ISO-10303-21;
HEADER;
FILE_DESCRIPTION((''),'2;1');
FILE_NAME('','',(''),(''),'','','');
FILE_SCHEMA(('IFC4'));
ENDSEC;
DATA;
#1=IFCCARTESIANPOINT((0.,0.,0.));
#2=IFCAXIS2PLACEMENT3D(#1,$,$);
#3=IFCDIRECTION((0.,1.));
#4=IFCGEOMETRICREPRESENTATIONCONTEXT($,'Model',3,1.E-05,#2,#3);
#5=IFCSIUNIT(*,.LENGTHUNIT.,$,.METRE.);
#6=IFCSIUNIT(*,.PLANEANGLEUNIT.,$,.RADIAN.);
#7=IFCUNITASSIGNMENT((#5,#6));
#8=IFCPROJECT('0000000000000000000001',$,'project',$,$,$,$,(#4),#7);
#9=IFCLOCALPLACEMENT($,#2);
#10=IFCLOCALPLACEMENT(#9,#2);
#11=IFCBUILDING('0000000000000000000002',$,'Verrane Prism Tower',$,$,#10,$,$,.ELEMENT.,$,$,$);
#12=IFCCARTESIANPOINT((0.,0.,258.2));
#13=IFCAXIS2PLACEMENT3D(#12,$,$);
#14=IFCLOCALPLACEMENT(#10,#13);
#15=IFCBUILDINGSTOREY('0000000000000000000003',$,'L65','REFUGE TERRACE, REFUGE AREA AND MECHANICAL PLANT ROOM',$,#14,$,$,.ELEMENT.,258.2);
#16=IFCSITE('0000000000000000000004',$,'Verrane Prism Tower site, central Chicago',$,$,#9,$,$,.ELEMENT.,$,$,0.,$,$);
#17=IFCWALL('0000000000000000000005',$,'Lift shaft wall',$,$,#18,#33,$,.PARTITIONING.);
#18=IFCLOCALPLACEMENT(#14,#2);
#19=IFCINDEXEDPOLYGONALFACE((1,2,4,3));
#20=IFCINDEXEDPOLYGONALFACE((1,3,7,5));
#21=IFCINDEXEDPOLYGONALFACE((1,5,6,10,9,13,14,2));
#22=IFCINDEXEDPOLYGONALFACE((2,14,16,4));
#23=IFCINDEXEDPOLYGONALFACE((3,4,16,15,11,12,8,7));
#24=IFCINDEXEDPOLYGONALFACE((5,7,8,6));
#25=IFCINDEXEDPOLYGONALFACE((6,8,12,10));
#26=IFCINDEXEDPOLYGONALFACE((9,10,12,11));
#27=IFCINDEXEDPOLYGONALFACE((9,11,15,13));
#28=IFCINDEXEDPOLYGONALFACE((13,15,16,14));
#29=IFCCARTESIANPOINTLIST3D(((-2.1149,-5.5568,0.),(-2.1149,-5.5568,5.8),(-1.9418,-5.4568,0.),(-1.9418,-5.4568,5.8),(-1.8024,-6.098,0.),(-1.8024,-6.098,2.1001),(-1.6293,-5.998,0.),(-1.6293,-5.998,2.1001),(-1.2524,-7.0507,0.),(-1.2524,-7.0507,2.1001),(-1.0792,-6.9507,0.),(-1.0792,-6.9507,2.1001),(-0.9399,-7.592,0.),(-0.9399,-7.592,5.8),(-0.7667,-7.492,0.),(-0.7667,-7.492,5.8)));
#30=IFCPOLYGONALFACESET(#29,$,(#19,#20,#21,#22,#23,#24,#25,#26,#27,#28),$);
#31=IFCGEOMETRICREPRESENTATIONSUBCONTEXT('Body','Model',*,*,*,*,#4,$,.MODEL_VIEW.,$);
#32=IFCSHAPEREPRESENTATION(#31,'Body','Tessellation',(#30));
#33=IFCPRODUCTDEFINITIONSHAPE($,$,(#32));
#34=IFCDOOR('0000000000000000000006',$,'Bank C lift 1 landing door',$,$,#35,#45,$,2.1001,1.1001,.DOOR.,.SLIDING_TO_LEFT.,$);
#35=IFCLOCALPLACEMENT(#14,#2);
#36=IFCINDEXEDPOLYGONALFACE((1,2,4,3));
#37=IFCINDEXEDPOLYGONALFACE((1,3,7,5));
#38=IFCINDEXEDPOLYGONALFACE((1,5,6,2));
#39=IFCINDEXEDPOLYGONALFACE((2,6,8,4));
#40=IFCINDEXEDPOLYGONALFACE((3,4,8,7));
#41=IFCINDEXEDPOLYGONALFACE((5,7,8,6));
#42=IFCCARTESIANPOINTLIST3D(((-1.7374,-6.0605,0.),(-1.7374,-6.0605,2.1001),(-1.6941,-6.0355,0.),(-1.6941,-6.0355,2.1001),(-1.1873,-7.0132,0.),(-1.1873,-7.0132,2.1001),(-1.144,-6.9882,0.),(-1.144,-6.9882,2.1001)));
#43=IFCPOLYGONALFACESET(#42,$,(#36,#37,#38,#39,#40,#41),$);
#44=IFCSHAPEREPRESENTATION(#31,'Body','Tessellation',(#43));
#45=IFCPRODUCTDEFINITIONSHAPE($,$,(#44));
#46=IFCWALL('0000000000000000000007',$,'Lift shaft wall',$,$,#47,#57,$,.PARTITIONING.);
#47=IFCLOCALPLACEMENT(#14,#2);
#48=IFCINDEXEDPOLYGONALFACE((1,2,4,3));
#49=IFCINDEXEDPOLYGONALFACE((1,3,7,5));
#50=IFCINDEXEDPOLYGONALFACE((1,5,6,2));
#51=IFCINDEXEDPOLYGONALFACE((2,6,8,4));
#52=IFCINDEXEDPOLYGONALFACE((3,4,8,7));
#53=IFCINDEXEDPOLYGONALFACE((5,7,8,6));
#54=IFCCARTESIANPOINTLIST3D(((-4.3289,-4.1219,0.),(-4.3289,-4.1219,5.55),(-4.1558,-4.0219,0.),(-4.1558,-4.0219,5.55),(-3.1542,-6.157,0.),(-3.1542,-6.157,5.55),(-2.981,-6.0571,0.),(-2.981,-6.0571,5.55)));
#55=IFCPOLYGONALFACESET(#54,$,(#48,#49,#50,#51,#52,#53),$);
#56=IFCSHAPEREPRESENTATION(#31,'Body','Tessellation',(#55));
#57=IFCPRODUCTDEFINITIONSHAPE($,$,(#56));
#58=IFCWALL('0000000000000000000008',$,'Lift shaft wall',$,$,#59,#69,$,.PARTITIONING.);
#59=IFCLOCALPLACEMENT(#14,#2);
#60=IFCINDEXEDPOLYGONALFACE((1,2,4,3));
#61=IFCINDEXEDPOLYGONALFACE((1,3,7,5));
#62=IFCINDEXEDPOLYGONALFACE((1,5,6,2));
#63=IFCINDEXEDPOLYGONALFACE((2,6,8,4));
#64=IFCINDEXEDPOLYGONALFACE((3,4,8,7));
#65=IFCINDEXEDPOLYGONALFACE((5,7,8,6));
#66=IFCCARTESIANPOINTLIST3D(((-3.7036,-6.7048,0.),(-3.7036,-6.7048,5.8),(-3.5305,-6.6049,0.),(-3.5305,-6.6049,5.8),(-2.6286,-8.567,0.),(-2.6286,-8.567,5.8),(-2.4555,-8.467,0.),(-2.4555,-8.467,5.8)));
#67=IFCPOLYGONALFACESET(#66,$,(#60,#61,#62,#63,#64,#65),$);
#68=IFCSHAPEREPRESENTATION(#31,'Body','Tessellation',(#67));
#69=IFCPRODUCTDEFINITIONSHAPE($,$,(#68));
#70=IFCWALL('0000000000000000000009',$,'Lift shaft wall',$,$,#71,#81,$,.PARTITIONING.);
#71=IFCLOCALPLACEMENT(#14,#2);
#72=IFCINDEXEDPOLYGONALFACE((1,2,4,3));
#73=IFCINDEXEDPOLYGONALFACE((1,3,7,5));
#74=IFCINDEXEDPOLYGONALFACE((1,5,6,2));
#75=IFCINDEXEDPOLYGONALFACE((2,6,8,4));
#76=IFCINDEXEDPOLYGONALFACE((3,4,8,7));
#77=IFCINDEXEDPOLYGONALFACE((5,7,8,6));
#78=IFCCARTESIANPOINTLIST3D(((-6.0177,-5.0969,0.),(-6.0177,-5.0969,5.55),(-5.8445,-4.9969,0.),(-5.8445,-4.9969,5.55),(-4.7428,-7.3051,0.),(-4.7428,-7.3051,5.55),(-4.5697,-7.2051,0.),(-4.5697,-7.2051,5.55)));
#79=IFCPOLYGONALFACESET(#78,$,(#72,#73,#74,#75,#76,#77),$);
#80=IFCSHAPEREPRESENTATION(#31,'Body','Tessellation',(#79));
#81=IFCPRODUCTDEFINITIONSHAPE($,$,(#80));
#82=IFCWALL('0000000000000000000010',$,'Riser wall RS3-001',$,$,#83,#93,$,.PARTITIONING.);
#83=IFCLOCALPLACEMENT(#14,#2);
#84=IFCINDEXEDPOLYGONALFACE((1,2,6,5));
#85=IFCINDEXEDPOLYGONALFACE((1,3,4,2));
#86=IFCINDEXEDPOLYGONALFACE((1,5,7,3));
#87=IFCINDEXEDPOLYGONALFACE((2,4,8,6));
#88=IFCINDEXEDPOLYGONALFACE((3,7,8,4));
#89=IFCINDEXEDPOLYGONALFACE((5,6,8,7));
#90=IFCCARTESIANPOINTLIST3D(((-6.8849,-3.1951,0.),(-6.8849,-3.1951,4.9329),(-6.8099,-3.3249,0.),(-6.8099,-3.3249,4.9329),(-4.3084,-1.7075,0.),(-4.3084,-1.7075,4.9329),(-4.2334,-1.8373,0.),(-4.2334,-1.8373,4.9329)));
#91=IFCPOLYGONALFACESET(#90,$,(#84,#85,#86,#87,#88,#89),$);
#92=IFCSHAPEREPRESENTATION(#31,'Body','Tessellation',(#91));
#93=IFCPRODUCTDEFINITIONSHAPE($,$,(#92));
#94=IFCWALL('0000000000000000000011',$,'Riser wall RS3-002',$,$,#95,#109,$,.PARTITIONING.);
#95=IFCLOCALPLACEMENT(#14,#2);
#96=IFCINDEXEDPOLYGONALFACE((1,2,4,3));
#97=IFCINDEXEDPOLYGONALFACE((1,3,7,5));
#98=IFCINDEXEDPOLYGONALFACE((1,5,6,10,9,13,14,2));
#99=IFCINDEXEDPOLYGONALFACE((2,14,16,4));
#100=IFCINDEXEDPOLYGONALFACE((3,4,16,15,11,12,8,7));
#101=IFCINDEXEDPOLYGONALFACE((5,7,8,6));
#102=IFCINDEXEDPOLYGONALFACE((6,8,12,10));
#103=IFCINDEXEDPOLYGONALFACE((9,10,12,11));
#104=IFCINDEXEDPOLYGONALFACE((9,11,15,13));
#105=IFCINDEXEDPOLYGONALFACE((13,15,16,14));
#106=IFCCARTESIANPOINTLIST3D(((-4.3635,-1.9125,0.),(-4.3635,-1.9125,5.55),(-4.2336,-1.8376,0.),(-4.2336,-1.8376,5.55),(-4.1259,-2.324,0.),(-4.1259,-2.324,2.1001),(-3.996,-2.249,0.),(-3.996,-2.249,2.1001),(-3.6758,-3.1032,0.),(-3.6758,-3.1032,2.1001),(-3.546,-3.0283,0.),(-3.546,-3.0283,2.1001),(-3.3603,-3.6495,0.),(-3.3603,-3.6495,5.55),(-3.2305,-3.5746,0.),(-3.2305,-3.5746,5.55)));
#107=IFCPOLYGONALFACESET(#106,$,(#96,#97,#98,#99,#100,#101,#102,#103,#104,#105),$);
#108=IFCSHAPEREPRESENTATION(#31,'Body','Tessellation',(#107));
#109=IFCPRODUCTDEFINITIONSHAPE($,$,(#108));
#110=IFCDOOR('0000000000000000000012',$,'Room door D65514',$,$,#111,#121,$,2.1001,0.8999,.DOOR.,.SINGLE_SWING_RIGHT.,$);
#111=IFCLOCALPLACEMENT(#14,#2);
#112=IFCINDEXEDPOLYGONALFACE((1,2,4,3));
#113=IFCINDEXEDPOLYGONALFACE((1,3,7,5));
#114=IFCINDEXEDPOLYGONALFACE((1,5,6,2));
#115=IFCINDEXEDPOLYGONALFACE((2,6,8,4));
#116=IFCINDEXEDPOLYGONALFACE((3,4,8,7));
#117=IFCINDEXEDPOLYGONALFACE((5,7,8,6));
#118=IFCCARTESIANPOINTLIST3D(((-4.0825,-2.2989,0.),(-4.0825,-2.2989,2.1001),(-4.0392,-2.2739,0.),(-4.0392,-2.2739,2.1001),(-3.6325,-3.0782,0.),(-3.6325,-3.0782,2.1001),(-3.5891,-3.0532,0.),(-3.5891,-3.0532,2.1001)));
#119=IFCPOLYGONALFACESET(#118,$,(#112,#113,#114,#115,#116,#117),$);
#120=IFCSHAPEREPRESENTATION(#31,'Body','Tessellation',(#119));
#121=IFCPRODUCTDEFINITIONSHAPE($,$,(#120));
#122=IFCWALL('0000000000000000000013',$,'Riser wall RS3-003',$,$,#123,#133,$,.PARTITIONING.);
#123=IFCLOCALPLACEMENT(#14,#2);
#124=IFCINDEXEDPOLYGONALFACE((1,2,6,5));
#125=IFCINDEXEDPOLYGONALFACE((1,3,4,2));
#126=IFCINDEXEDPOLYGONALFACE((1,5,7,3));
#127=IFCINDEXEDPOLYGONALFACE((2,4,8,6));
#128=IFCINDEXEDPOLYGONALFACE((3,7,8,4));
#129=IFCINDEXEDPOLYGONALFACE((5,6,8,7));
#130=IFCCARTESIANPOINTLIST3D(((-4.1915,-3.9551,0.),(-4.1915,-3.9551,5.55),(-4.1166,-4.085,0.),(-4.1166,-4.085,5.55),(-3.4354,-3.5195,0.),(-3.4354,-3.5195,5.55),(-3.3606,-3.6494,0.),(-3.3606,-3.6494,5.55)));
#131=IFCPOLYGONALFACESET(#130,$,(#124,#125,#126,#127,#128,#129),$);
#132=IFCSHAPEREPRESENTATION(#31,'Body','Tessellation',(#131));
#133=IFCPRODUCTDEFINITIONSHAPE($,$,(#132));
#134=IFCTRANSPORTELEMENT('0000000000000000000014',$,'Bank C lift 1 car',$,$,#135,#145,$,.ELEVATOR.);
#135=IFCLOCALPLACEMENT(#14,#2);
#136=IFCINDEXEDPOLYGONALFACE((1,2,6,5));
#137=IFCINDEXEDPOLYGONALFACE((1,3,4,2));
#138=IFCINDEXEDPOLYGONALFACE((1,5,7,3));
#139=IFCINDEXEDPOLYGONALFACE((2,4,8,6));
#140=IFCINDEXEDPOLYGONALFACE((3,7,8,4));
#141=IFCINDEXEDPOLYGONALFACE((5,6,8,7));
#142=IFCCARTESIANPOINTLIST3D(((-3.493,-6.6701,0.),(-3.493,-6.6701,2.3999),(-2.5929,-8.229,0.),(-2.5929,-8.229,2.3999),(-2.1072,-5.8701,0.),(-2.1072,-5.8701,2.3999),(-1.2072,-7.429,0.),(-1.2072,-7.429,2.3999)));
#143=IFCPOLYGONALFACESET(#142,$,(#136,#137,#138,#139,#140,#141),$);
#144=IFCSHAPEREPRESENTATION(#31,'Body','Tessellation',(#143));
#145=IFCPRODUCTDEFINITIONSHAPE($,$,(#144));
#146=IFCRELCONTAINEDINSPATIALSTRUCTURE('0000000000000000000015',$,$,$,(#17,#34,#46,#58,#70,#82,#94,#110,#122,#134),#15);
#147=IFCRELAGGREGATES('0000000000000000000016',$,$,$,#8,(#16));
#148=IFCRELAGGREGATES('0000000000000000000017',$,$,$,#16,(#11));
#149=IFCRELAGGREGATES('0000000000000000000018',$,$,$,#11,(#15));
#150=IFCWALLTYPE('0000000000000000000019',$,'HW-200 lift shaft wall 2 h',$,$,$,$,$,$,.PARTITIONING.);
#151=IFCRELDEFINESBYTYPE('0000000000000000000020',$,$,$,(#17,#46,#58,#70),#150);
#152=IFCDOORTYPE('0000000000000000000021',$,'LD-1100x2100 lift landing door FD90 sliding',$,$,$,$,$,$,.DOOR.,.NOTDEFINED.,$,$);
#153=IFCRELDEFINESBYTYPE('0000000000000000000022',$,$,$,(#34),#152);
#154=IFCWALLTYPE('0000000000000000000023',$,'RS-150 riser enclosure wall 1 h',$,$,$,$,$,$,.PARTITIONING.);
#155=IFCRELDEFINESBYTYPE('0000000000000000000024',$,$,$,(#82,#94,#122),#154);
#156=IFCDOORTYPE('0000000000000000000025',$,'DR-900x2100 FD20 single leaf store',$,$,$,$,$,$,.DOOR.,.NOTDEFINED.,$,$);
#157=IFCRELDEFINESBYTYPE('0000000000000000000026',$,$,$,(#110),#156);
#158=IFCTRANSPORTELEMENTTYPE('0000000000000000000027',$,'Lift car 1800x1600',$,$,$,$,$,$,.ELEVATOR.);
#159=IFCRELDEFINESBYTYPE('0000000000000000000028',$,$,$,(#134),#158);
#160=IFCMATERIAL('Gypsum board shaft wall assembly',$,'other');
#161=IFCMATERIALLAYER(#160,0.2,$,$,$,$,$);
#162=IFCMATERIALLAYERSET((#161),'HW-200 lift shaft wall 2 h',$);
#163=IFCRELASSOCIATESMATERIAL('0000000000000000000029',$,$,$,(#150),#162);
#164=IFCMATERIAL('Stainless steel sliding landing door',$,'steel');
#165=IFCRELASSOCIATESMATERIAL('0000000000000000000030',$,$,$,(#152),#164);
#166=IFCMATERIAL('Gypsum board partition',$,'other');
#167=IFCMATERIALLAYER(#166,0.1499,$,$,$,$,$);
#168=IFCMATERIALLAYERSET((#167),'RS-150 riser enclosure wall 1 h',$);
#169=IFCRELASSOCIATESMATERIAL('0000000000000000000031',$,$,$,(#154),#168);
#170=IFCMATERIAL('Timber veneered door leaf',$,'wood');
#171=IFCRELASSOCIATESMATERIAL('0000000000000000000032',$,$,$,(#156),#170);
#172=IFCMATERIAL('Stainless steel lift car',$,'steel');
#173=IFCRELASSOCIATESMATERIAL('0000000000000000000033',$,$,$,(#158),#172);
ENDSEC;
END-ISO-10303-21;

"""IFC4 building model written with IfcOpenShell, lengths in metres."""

from ifc_helpers import new_model, si_unit, direction, frame, frame_2d, origin, origin_2d, place, context, subcontext, project, spatial, rectangle, extrude, material, layer, layer_set, type_object, element, fill, save


model = new_model("IFC4")

# Units and contexts
model_context = context("Model", 3, precision=1e-05, world=origin(), true_north=direction((0.0, 1.0)))
body_context = subcontext(model_context, "Body", "Model", "MODEL_VIEW")
ifc_project = project(units=[si_unit("LENGTHUNIT", "METRE"), si_unit("PLANEANGLEUNIT", "RADIAN")], contexts=[model_context])

# Site, building, storey
site_placement = place(None, origin())
site = spatial("IfcSite", under=ifc_project, at=site_placement, Name="Verrane Prism Tower site, central Chicago", CompositionType="ELEMENT", RefElevation=0.0)
building_placement = place(site_placement, origin())
building = spatial("IfcBuilding", under=site, at=building_placement, Name="Verrane Prism Tower", CompositionType="ELEMENT")
storey_placement = place(building_placement, frame((0.0, 0.0, 258.2)))
storey = spatial("IfcBuildingStorey", under=building, at=storey_placement, Name="L65", Description="REFUGE TERRACE, REFUGE AREA AND MECHANICAL PLANT ROOM", CompositionType="ELEMENT", Elevation=258.2)

# Shared definitions
ifc_material_1 = material(Name="Gypsum board shaft wall assembly", Category="other")
ifc_layer_1 = layer(ifc_material_1, 0.2)
ifc_layer_set_1 = layer_set([ifc_layer_1], Name="HW-200 lift shaft wall 2 h")
wall_type_1 = type_object("IfcWallType", Name="HW-200 lift shaft wall 2 h", PredefinedType="PARTITIONING", material=ifc_layer_set_1)

# Wall, opening, door
wall_1_placement = place(storey_placement, frame((-0.8533, -7.542, 0.0), z_axis=(0.0, 0.0, 1.0), x_axis=(-0.500016, 0.866016, 0.0)))
wall_1 = element("IfcWall", 1, at=wall_1_placement, inside=storey, type_object=wall_type_1, Name="Lift shaft wall", PredefinedType="PARTITIONING", context=body_context, shape_type="SweptSolid", body=[
    extrude(rectangle(XDim=2.3501, YDim=0.2, at=frame_2d((1.175, 0.0))), origin(), (0.0, 0.0, 1.0), 5.8),
])
opening_1_placement = place(wall_1_placement, frame((0.625, 0.0, 0.0)))
opening_1 = element("IfcOpeningElement", 2, at=opening_1_placement, cuts=wall_1, PredefinedType="OPENING", context=body_context, shape_type="SweptSolid", body=[
    extrude(rectangle(XDim=1.1001, YDim=2.1001, at=frame_2d((0.55, 1.05))), frame((0.0, 0.1099, 0.0), z_axis=(0.0, -1.0, 0.0), x_axis=(1.0, 0.0, 0.0)), (0.0, 0.0, 1.0), 0.22),
])
ifc_material_2 = material(Name="Stainless steel sliding landing door", Category="steel")
door_type_1 = type_object("IfcDoorType", Name="LD-1100x2100 lift landing door FD90 sliding", OperationType="NOTDEFINED", PredefinedType="DOOR", material=ifc_material_2)
door_1_placement = place(opening_1_placement, origin())
door_1 = element("IfcDoor", 3, at=door_1_placement, inside=storey, type_object=door_type_1, Name="Bank C lift 1 landing door", OperationType="SLIDING_TO_LEFT", OverallHeight=2.1001, OverallWidth=1.1001, PredefinedType="DOOR", context=body_context, shape_type="SweptSolid", body=[
    extrude(rectangle(XDim=1.1001, YDim=2.1001, at=frame_2d((0.55, 1.05))), frame((0.0, 0.0249, 0.0), z_axis=(0.0, -1.0, 0.0), x_axis=(1.0, 0.0, 0.0)), (0.0, 0.0, 1.0), 0.05),
])
fill(opening_1, door_1)

# Walls
wall_2_placement = place(storey_placement, frame((-3.0676, -6.1069, 0.0), z_axis=(0.0, 0.0, 1.0), x_axis=(-0.499938, 0.866061, 0.0)))
element("IfcWall", 4, at=wall_2_placement, inside=storey, type_object=wall_type_1, Name="Lift shaft wall", PredefinedType="PARTITIONING", context=body_context, shape_type="SweptSolid", body=[
    extrude(rectangle(XDim=2.3499, YDim=0.2, at=frame_2d((1.1748, 0.0))), origin(), (0.0, 0.0, 1.0), 5.55),
])
wall_3_placement = place(storey_placement, frame((-2.542, -8.5171, 0.0), z_axis=(0.0, 0.0, 1.0), x_axis=(-0.499962, 0.866048, 0.0)))
element("IfcWall", 5, at=wall_3_placement, inside=storey, type_object=wall_type_1, Name="Lift shaft wall", PredefinedType="PARTITIONING", context=body_context, shape_type="SweptSolid", body=[
    extrude(rectangle(XDim=2.1501, YDim=0.2, at=frame_2d((1.0752, 0.0))), origin(), (0.0, 0.0, 1.0), 5.8),
])
wall_4_placement = place(storey_placement, frame((-4.6562, -7.2551, 0.0), z_axis=(0.0, 0.0, 1.0), x_axis=(-0.49999, 0.866031, 0.0)))
element("IfcWall", 6, at=wall_4_placement, inside=storey, type_object=wall_type_1, Name="Lift shaft wall", PredefinedType="PARTITIONING", context=body_context, shape_type="SweptSolid", body=[
    extrude(rectangle(XDim=2.5498, YDim=0.2, at=frame_2d((1.2749, 0.0))), origin(), (0.0, 0.0, 1.0), 5.55),
])
ifc_material_3 = material(Name="Gypsum board partition", Category="other")
ifc_layer_2 = layer(ifc_material_3, 0.1499)
ifc_layer_set_2 = layer_set([ifc_layer_2], Name="RS-150 riser enclosure wall 1 h")
wall_type_2 = type_object("IfcWallType", Name="RS-150 riser enclosure wall 1 h", PredefinedType="PARTITIONING", material=ifc_layer_set_2)
wall_5_placement = place(storey_placement, frame((-6.8474, -3.26, 0.0), z_axis=(0.0, 0.0, 1.0), x_axis=(0.866017, 0.500014, 0.0)))
element("IfcWall", 7, at=wall_5_placement, inside=storey, type_object=wall_type_2, Name="Riser wall RS3-001", PredefinedType="PARTITIONING", context=body_context, shape_type="SweptSolid", body=[
    extrude(rectangle(XDim=2.9751, YDim=0.1499, at=frame_2d((1.4875, 0.0))), origin(), (0.0, 0.0, 1.0), 4.9329),
])

# Wall, opening, door
wall_6_placement = place(storey_placement, frame((-3.2954, -3.6121, 0.0), z_axis=(0.0, 0.0, 1.0), x_axis=(-0.500105, 0.865965, 0.0)))
wall_6 = element("IfcWall", 8, at=wall_6_placement, inside=storey, type_object=wall_type_2, Name="Riser wall RS3-002", PredefinedType="PARTITIONING", context=body_context, shape_type="SweptSolid", body=[
    extrude(rectangle(XDim=2.0059, YDim=0.1499, at=frame_2d((1.0029, 0.0))), origin(), (0.0, 0.0, 1.0), 5.55),
])
opening_2_placement = place(wall_6_placement, frame((0.6309, 0.0, 0.0)))
opening_2 = element("IfcOpeningElement", 9, at=opening_2_placement, cuts=wall_6, PredefinedType="OPENING", context=body_context, shape_type="SweptSolid", body=[
    extrude(rectangle(XDim=0.8999, YDim=2.1001, at=frame_2d((0.45, 1.05))), frame((0.0, 0.085, 0.0), z_axis=(0.0, -1.0, 0.0), x_axis=(1.0, 0.0, 0.0)), (0.0, 0.0, 1.0), 0.1699),
])
ifc_material_4 = material(Name="Timber veneered door leaf", Category="wood")
door_type_2 = type_object("IfcDoorType", Name="DR-900x2100 FD20 single leaf store", OperationType="NOTDEFINED", PredefinedType="DOOR", material=ifc_material_4)
door_2_placement = place(opening_2_placement, origin())
door_2 = element("IfcDoor", 10, at=door_2_placement, inside=storey, type_object=door_type_2, Name="Room door D65514", OperationType="SINGLE_SWING_RIGHT", OverallHeight=2.1001, OverallWidth=0.8999, PredefinedType="DOOR", context=body_context, shape_type="SweptSolid", body=[
    extrude(rectangle(XDim=0.8999, YDim=2.1001, at=frame_2d((0.45, 1.05))), frame((0.0, 0.0249, 0.0), z_axis=(0.0, -1.0, 0.0), x_axis=(1.0, 0.0, 0.0)), (0.0, 0.0, 1.0), 0.05),
])
fill(opening_2, door_2)

# Wall
wall_7_placement = place(storey_placement, frame((-4.1541, -4.02, 0.0), z_axis=(0.0, 0.0, 1.0), x_axis=(0.866516, 0.499149, 0.0)))
element("IfcWall", 11, at=wall_7_placement, inside=storey, type_object=wall_type_2, Name="Riser wall RS3-003", PredefinedType="PARTITIONING", context=body_context, shape_type="SweptSolid", body=[
    extrude(rectangle(XDim=0.8726, YDim=0.1499, at=frame_2d((0.4363, 0.0))), origin(), (0.0, 0.0, 1.0), 5.55),
])

# Transport element
ifc_material_5 = material(Name="Stainless steel lift car", Category="steel")
transport_element_type = type_object("IfcTransportElementType", Name="Lift car 1800x1600", PredefinedType="ELEVATOR", material=ifc_material_5)
transport_element_placement = place(storey_placement, frame((-2.3501, -7.0496, 0.0), z_axis=(0.0, 0.0, 1.0), x_axis=(0.5, -0.866025, 0.0)))
element("IfcTransportElement", 12, at=transport_element_placement, inside=storey, type_object=transport_element_type, Name="Bank C lift 1 car", PredefinedType="ELEVATOR", context=body_context, shape_type="SweptSolid", body=[
    extrude(rectangle(XDim=1.8, YDim=1.6001, at=origin_2d()), origin(), (0.0, 0.0, 1.0), 2.3999),
])

save(model, "model.ifc")
